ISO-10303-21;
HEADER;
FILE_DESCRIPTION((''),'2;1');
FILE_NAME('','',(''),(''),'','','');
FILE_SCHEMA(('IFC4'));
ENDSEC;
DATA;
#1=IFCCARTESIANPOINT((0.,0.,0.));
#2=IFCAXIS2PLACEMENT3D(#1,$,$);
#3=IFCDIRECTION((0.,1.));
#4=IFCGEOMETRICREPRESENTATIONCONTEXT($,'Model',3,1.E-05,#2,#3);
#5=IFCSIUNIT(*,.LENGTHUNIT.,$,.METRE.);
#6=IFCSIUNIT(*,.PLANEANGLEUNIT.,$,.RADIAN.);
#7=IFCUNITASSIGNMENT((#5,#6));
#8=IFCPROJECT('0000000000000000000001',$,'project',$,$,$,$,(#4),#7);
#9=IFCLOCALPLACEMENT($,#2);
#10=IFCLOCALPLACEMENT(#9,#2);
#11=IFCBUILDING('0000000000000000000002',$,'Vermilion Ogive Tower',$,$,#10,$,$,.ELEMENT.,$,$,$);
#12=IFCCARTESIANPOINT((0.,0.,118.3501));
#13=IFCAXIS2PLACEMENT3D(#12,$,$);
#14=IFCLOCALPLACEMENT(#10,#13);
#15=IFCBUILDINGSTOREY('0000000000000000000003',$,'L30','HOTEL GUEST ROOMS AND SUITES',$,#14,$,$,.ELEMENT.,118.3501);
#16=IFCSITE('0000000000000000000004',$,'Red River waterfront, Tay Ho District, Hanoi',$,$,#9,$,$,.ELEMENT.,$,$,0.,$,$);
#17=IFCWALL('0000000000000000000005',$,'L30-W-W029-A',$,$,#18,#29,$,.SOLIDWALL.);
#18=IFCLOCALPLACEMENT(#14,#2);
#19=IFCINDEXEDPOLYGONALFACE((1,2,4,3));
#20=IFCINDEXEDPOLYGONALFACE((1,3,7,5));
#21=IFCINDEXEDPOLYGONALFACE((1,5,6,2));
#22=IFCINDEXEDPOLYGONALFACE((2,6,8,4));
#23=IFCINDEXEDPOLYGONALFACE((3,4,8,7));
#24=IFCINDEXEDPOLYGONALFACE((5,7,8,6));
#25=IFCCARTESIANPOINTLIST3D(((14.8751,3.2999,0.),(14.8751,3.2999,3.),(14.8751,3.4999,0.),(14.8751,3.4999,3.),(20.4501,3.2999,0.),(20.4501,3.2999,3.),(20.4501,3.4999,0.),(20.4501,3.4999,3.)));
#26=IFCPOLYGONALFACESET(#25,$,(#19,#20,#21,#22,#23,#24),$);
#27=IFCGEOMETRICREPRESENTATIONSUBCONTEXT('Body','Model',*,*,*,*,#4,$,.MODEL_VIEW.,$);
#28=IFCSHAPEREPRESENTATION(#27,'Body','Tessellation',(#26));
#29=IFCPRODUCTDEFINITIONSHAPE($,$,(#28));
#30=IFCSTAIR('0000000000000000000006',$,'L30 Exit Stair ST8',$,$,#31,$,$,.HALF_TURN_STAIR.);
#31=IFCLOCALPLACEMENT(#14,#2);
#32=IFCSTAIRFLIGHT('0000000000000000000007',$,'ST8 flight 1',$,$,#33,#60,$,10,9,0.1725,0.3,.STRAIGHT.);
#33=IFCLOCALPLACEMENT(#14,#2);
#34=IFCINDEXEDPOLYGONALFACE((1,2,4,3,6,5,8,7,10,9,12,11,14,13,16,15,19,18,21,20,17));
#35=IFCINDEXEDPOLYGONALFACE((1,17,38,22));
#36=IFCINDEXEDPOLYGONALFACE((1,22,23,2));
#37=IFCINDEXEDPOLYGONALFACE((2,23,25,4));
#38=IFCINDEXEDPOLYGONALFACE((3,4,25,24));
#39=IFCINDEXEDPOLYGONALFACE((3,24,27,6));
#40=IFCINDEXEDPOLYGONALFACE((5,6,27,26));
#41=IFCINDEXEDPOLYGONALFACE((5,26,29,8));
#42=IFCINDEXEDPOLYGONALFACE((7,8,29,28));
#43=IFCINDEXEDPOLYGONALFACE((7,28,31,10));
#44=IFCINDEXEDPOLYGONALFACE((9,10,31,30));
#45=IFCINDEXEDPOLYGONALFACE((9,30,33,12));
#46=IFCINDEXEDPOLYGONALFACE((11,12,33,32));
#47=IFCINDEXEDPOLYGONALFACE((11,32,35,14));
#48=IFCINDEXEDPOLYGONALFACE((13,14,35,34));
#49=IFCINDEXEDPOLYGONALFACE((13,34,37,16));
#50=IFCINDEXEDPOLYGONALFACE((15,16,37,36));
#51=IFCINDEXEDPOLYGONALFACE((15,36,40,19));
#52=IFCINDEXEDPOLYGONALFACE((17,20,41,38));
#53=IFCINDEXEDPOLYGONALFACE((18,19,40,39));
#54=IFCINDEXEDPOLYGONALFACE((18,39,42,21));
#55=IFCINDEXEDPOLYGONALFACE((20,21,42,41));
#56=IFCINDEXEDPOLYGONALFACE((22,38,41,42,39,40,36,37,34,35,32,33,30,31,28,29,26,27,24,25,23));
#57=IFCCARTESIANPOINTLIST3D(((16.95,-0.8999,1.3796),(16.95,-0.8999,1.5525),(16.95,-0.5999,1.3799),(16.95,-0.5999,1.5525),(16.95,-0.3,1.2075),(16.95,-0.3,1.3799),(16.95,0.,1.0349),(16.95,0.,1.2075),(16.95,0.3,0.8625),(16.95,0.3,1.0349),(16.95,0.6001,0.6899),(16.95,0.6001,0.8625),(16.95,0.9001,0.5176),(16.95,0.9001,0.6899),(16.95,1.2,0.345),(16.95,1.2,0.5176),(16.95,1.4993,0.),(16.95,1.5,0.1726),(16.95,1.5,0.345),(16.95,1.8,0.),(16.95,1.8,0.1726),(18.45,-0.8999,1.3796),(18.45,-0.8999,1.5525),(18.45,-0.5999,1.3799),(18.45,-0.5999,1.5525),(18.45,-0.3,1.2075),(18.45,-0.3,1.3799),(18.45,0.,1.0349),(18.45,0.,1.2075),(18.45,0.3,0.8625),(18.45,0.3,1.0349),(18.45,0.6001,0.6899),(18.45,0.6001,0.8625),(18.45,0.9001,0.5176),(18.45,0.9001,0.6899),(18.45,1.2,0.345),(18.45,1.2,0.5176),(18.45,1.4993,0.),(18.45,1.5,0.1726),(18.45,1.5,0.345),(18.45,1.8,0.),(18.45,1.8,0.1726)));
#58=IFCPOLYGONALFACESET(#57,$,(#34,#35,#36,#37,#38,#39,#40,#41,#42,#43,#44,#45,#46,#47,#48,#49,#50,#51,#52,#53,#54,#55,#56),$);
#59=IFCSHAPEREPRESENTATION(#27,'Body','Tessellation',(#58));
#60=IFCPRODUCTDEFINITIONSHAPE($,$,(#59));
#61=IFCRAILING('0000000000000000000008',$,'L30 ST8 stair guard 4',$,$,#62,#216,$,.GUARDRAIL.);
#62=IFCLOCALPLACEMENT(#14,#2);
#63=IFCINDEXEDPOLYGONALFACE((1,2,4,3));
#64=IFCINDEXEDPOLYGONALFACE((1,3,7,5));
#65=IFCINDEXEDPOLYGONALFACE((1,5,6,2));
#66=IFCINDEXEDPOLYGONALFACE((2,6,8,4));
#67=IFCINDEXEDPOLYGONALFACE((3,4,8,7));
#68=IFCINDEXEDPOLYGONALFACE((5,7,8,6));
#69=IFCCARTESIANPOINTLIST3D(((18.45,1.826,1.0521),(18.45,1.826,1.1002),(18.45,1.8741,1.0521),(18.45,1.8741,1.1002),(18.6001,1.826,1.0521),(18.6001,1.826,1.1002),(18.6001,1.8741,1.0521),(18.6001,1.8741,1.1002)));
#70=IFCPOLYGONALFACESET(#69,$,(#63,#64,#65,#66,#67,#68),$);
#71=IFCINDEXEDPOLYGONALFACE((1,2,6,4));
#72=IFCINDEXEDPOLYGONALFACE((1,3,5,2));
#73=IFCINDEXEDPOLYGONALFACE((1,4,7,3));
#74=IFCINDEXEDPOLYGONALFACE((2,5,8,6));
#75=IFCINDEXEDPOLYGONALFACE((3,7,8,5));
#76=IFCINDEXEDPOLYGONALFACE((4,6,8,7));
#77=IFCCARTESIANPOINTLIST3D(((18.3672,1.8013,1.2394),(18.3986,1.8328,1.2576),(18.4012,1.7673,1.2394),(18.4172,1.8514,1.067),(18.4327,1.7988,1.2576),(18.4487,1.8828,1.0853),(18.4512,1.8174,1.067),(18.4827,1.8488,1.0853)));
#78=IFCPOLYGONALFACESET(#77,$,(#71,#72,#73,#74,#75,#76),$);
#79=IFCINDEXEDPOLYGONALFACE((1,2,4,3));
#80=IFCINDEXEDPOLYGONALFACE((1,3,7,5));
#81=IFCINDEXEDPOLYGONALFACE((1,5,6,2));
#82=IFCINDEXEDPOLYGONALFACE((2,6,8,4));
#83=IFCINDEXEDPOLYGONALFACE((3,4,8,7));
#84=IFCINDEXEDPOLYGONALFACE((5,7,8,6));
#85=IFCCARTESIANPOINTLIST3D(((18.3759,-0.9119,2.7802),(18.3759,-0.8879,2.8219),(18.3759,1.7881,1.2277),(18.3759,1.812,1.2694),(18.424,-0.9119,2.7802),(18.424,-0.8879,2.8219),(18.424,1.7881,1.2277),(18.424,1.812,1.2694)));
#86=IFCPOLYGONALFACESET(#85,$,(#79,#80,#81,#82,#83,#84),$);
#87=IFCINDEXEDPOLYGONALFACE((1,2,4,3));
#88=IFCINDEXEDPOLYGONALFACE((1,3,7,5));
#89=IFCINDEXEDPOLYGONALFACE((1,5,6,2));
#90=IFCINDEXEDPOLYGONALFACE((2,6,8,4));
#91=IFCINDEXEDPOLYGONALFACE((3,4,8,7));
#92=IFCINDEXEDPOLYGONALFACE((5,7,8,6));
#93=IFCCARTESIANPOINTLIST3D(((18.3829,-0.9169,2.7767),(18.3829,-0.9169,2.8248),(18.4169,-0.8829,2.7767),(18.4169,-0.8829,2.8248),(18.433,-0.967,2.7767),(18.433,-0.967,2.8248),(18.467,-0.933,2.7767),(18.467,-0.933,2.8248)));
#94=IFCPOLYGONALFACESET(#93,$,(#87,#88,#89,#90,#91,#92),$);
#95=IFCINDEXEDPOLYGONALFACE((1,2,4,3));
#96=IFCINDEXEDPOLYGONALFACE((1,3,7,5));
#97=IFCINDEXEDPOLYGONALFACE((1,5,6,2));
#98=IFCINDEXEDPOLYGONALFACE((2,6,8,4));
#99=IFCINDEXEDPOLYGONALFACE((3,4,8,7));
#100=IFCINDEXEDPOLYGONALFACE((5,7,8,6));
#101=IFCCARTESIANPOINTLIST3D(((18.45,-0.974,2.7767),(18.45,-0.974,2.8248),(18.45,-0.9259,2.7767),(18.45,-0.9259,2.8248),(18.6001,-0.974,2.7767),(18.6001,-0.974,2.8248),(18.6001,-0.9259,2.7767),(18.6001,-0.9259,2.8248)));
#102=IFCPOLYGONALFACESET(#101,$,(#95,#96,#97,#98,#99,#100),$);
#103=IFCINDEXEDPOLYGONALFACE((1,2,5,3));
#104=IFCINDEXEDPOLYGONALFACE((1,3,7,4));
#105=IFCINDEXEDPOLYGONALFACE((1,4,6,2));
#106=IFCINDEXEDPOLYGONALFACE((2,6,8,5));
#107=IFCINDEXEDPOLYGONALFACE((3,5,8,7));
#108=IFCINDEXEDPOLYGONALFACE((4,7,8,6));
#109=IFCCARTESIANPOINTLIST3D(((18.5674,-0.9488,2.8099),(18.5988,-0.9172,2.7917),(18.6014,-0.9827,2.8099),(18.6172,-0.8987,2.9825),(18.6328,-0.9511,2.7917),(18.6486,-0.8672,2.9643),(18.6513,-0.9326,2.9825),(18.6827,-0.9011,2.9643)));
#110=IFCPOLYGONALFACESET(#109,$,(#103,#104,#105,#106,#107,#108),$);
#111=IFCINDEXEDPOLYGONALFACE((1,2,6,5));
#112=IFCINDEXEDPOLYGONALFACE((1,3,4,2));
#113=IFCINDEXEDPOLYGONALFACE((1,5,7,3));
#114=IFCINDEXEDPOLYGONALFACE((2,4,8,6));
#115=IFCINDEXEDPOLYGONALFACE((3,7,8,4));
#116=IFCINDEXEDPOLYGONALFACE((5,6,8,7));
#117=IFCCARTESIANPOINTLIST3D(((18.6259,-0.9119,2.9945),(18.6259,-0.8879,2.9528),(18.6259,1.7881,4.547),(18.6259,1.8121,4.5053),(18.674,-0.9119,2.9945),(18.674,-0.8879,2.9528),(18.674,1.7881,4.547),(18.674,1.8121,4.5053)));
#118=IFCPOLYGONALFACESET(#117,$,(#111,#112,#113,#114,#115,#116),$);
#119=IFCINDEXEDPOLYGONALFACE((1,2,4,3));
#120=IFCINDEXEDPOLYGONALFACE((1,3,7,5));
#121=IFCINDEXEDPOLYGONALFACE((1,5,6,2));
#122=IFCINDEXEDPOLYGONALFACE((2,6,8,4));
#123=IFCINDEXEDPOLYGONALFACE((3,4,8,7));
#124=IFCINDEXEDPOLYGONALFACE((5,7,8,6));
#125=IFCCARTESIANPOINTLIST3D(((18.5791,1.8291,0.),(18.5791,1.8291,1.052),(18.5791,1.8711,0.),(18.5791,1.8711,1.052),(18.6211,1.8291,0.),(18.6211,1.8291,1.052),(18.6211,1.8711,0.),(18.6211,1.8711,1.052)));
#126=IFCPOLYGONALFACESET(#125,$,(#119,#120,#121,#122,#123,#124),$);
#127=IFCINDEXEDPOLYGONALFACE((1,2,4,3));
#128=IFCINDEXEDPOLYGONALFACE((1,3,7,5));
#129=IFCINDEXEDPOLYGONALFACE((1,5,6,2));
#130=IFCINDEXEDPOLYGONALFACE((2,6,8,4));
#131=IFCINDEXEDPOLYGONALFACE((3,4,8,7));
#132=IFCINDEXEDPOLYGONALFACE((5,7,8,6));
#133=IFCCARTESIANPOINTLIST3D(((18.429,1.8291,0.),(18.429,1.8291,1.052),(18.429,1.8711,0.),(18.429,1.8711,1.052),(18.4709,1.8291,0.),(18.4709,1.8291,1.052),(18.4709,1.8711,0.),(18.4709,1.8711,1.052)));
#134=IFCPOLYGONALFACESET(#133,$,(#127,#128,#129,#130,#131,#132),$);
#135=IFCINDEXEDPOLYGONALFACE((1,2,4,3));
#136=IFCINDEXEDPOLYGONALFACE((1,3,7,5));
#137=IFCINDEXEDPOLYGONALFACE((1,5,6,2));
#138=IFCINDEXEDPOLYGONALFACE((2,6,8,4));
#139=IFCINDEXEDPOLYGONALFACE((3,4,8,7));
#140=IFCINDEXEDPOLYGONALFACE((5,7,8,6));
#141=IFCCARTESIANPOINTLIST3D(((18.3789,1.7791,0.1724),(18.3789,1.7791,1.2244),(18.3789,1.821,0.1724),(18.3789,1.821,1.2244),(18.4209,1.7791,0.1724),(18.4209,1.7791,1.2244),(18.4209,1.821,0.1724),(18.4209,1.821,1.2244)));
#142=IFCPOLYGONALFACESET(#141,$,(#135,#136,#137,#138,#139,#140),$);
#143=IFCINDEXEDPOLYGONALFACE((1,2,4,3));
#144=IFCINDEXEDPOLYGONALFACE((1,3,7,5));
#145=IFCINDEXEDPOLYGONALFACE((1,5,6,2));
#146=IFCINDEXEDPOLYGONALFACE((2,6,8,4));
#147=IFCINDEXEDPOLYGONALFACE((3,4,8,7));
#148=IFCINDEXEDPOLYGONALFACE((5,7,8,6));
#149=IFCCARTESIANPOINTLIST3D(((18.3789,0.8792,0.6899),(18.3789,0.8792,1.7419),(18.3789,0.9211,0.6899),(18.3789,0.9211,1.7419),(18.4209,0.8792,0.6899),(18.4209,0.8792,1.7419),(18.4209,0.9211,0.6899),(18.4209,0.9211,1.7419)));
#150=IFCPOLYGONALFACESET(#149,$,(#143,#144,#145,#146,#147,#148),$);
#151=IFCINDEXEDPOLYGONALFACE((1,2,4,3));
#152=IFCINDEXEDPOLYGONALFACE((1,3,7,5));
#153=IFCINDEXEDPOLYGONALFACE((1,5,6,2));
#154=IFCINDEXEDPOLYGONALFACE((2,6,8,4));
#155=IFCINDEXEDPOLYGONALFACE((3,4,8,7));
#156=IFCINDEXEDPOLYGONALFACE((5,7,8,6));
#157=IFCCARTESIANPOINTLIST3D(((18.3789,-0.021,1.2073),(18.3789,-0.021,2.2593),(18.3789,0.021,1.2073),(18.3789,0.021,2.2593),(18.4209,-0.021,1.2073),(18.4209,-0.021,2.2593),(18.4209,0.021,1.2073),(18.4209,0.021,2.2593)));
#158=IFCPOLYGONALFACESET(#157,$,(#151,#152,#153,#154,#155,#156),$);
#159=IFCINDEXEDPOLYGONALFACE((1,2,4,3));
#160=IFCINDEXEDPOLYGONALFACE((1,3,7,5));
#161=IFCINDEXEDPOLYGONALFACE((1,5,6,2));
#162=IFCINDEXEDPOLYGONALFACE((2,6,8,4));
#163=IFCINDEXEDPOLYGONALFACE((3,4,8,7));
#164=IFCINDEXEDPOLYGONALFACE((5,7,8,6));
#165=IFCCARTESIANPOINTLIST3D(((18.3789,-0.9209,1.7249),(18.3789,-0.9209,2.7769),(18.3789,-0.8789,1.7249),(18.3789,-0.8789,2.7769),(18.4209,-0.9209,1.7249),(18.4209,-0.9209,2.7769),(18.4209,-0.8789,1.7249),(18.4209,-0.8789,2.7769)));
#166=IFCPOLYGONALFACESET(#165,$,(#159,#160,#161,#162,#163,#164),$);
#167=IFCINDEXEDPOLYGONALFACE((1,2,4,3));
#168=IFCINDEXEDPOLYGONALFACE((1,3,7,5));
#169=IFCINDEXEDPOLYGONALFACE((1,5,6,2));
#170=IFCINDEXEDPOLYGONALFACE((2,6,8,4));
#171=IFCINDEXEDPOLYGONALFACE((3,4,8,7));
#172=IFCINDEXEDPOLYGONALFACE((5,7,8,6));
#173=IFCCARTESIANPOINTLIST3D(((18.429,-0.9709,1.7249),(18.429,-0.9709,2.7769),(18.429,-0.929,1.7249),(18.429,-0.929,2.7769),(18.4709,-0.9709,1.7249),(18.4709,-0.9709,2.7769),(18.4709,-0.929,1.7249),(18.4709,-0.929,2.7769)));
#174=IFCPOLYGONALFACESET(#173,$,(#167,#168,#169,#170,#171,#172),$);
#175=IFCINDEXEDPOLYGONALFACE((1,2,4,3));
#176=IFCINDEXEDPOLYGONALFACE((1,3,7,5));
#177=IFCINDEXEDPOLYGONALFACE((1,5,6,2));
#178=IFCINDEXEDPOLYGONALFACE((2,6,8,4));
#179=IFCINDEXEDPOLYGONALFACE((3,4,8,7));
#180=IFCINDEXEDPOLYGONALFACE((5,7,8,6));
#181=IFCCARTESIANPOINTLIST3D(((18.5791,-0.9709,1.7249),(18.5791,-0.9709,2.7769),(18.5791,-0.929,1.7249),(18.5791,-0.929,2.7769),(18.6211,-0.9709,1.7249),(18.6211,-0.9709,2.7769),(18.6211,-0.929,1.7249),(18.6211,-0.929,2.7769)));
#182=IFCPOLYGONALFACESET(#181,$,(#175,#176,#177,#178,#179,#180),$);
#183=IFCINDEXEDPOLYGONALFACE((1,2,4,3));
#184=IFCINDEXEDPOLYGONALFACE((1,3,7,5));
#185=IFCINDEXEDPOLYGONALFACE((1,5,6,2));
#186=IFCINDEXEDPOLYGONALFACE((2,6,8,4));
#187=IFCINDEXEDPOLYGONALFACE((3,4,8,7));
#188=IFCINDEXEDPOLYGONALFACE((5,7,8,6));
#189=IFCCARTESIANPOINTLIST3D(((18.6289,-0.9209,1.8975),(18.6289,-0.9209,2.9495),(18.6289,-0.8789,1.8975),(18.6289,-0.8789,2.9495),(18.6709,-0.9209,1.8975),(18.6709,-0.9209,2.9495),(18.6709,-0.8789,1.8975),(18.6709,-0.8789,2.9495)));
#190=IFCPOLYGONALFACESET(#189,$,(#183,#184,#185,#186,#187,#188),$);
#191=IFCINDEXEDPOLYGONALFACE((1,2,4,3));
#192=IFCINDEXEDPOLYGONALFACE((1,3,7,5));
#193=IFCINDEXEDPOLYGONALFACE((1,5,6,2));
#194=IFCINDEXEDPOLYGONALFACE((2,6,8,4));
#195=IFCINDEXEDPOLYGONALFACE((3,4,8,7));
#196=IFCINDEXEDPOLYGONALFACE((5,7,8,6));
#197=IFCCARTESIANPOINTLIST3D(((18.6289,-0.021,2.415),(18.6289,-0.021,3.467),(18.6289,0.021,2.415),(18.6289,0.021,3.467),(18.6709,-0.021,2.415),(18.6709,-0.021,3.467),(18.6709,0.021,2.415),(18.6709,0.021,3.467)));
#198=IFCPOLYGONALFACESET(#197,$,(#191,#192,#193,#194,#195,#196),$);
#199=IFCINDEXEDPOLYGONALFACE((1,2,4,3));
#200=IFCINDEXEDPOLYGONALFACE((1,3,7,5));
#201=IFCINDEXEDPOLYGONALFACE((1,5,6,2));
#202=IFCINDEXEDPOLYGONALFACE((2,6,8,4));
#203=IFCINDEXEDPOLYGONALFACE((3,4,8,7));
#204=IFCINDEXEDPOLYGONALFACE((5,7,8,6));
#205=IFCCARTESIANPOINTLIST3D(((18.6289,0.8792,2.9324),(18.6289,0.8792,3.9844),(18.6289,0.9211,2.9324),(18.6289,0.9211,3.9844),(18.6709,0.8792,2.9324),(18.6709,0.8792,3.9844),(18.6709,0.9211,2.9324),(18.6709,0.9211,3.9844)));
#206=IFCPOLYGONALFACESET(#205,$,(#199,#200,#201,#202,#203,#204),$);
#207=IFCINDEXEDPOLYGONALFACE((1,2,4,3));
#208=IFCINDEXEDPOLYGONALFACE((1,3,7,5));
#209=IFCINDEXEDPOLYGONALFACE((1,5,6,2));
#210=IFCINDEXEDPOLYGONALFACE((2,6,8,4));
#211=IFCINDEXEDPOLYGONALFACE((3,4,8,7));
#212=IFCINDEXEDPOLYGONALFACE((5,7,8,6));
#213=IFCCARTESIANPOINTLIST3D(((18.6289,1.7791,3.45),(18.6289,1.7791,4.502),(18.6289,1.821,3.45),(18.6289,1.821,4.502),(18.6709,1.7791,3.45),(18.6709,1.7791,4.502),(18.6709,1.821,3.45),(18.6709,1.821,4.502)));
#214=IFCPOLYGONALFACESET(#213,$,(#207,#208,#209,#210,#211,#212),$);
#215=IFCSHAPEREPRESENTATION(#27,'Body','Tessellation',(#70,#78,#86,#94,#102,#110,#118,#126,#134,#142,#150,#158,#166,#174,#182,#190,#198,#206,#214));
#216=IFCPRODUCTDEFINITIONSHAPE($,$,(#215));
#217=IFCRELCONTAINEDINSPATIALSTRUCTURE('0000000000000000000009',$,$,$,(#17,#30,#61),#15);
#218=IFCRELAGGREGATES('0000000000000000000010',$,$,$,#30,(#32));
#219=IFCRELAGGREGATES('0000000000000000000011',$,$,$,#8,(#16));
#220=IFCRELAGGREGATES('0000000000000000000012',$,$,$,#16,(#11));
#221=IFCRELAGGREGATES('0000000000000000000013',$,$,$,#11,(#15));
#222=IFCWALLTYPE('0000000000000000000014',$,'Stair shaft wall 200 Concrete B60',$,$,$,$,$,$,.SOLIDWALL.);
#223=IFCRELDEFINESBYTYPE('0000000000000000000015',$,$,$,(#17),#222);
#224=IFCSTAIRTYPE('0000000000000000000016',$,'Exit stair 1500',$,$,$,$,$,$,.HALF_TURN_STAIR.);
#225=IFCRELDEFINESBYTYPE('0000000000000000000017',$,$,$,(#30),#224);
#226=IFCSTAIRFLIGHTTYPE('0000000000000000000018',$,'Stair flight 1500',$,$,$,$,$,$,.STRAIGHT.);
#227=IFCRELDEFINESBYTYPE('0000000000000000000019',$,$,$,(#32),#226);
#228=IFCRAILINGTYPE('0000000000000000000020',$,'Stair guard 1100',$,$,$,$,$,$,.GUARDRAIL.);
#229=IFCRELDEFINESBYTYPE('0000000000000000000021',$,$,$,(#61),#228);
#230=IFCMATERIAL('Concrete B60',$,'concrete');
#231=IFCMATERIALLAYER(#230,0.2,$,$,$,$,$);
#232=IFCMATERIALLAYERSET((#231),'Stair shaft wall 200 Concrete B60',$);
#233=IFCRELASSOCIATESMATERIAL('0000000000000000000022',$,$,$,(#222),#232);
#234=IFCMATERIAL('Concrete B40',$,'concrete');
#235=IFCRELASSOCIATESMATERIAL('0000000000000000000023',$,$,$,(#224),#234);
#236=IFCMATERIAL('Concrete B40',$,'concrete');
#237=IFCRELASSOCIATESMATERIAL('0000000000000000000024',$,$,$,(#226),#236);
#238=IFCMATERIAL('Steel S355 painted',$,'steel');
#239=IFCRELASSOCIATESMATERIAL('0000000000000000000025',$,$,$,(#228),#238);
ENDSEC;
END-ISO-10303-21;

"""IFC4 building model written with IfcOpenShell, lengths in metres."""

from ifc_helpers import new_model, si_unit, direction, frame, frame_2d, origin, origin_2d, place, context, subcontext, project, spatial, polyline, rectangle, outline, extrude, material, layer, layer_set, type_object, element, aggregate, save


model = new_model("IFC4")

# Units and contexts
model_context = context("Model", 3, precision=1e-05, world=origin(), true_north=direction((0.0, 1.0)))
body_context = subcontext(model_context, "Body", "Model", "MODEL_VIEW")
ifc_project = project(units=[si_unit("LENGTHUNIT", "METRE"), si_unit("PLANEANGLEUNIT", "RADIAN")], contexts=[model_context])

# Site, building, storey
site_placement = place(None, origin())
site = spatial("IfcSite", under=ifc_project, at=site_placement, Name="Red River waterfront, Tay Ho District, Hanoi", CompositionType="ELEMENT", RefElevation=0.0)
building_placement = place(site_placement, origin())
building = spatial("IfcBuilding", under=site, at=building_placement, Name="Vermilion Ogive Tower", CompositionType="ELEMENT")
storey_placement = place(building_placement, frame((0.0, 0.0, 118.3501)))
storey = spatial("IfcBuildingStorey", under=building, at=storey_placement, Name="L30", Description="HOTEL GUEST ROOMS AND SUITES", CompositionType="ELEMENT", Elevation=118.3501)

# Wall
ifc_material_1 = material(Name="Concrete B60", Category="concrete")
ifc_layer_1 = layer(ifc_material_1, 0.2)
ifc_layer_set_1 = layer_set([ifc_layer_1], Name="Stair shaft wall 200 Concrete B60")
wall_type_1 = type_object("IfcWallType", Name="Stair shaft wall 200 Concrete B60", PredefinedType="SOLIDWALL", material=ifc_layer_set_1)
wall_1_placement = place(storey_placement, frame((14.875, 3.3999, 0.0), z_axis=(0.0, 0.0, 1.0), x_axis=(1.0, 0.0, 0.0)))
element("IfcWall", 1, at=wall_1_placement, inside=storey, type_object=wall_type_1, Name="L30-W-W029-A", PredefinedType="SOLIDWALL", context=body_context, shape_type="SweptSolid", body=[
    extrude(rectangle(XDim=5.575, YDim=0.2, at=frame_2d((2.7876, 0.0))), origin(), (0.0, 0.0, 1.0), 3.0),
])

# Stair, stair flight
ifc_material_2 = material(Name="Concrete B40", Category="concrete")
stair_type = type_object("IfcStairType", Name="Exit stair 1500", PredefinedType="HALF_TURN_STAIR", material=ifc_material_2)
stair_placement = place(storey_placement, origin())
stair = element("IfcStair", 2, at=stair_placement, inside=storey, type_object=stair_type, Name="L30 Exit Stair ST8", PredefinedType="HALF_TURN_STAIR")
ifc_material_3 = material(Name="Concrete B40", Category="concrete")
stair_flight_type = type_object("IfcStairFlightType", Name="Stair flight 1500", PredefinedType="STRAIGHT", material=ifc_material_3)
stair_flight_placement = place(storey_placement, frame((17.7, 1.8, 0.0), z_axis=(0.0, 0.0, 1.0), x_axis=(0.0, -1.0, 0.0)))
stair_flight = element("IfcStairFlight", 3, at=stair_flight_placement, type_object=stair_flight_type, Name="ST8 flight 1", NumberOfRisers=10, NumberOfTreads=9, PredefinedType="STRAIGHT", RiserHeight=0.1725, TreadLength=0.3, context=body_context, shape_type="SweptSolid", body=[
    extrude(outline(polyline([(0.0, 0.0), (0.0, 0.1726), (0.3, 0.1726), (0.3, 0.345), (0.6001, 0.345), (0.6001, 0.5176), (0.8999, 0.5176), (0.8999, 0.6899), (1.2, 0.6899), (1.2, 0.8625), (1.5, 0.8625), (1.5, 1.0349), (1.8, 1.0349), (1.8, 1.2075), (2.1001, 1.2075), (2.1001, 1.3799), (2.3999, 1.3799), (2.3999, 1.5525), (2.7, 1.5525), (2.7, 1.7251), (2.7, 1.3796), (0.3008, 0.0), (0.0, 0.0)])), frame((0.0, 0.75, 0.0), z_axis=(0.0, -1.0, 0.0), x_axis=(1.0, 0.0, 0.0)), (0.0, 0.0, 1.0), 1.5),
])
aggregate(stair, [stair_flight])

# Railing
ifc_material_4 = material(Name="Steel S355 painted", Category="steel")
railing_type_1 = type_object("IfcRailingType", Name="Stair guard 1100", PredefinedType="GUARDRAIL", material=ifc_material_4)
railing_1_placement = place(storey_placement, frame((18.6001, 1.8501, 0.0)))
element("IfcRailing", 4, at=railing_1_placement, inside=storey, type_object=railing_type_1, Name="L30 ST8 stair guard 4", PredefinedType="GUARDRAIL", context=body_context, shape_type="SweptSolid", body=[
    extrude(rectangle(XDim=0.0481, YDim=0.0481, at=origin_2d()), frame((0.0, 0.0, 1.0762), z_axis=(-1.0, 0.0, 0.0), x_axis=(0.0, -1.0, 0.0)), (0.0, 0.0, 1.0), 0.1501),
    extrude(rectangle(XDim=0.0481, YDim=0.0481, at=origin_2d()), frame((-0.1501, 0.0, 1.0762), z_axis=(-0.268603, -0.268603, 0.925043), x_axis=(0.707107, -0.707107, 0.0)), (0.0, 0.0, 1.0), 0.1863),
    extrude(rectangle(XDim=0.0481, YDim=0.0481, at=origin_2d()), frame((-0.2002, -0.05, 1.2485), z_axis=(0.0, -0.866904, 0.498476), x_axis=(1.0, 0.0, 0.0)), (0.0, 0.0, 1.0), 3.1145),
    extrude(rectangle(XDim=0.0481, YDim=0.0481, at=origin_2d()), frame((-0.2002, -2.75, 2.8008), z_axis=(0.707107, -0.707107, 0.0), x_axis=(0.707107, 0.707107, 0.0)), (0.0, 0.0, 1.0), 0.0708),
    extrude(rectangle(XDim=0.0481, YDim=0.0481, at=origin_2d()), frame((-0.1501, -2.8, 2.8008), z_axis=(1.0, 0.0, 0.0), x_axis=(0.0, 1.0, 0.0)), (0.0, 0.0, 1.0), 0.1501),
    extrude(rectangle(XDim=0.0481, YDim=0.0481, at=origin_2d()), frame((0.0, -2.8, 2.8008), z_axis=(0.267063, 0.268372, 0.925556), x_axis=(-0.708834, 0.705376, 0.0)), (0.0, 0.0, 1.0), 0.1865),
    extrude(rectangle(XDim=0.0481, YDim=0.0481, at=origin_2d()), frame((0.0498, -2.75, 2.9736), z_axis=(0.0, 0.866904, 0.498476), x_axis=(-1.0, 0.0, 0.0)), (0.0, 0.0, 1.0), 3.1145),
    extrude(rectangle(XDim=0.042, YDim=0.042, at=origin_2d()), origin(), (0.0, 0.0, 1.0), 1.052),
    extrude(rectangle(XDim=0.042, YDim=0.042, at=origin_2d()), frame((-0.1501, 0.0, 0.0)), (0.0, 0.0, 1.0), 1.052),
    extrude(rectangle(XDim=0.042, YDim=0.042, at=origin_2d()), frame((-0.2002, -0.05, 0.1724)), (0.0, 0.0, 1.0), 1.052),
    extrude(rectangle(XDim=0.042, YDim=0.042, at=origin_2d()), frame((-0.2002, -0.95, 0.6899)), (0.0, 0.0, 1.0), 1.052),
    extrude(rectangle(XDim=0.042, YDim=0.042, at=origin_2d()), frame((-0.2002, -1.8501, 1.2073)), (0.0, 0.0, 1.0), 1.052),
    extrude(rectangle(XDim=0.042, YDim=0.042, at=origin_2d()), frame((-0.2002, -2.75, 1.7249)), (0.0, 0.0, 1.0), 1.052),
    extrude(rectangle(XDim=0.042, YDim=0.042, at=origin_2d()), frame((-0.1501, -2.8, 1.7249)), (0.0, 0.0, 1.0), 1.052),
    extrude(rectangle(XDim=0.042, YDim=0.042, at=origin_2d()), frame((0.0, -2.8, 1.7249)), (0.0, 0.0, 1.0), 1.052),
    extrude(rectangle(XDim=0.042, YDim=0.042, at=origin_2d()), frame((0.0498, -2.75, 1.8975)), (0.0, 0.0, 1.0), 1.052),
    extrude(rectangle(XDim=0.042, YDim=0.042, at=origin_2d()), frame((0.0498, -1.8501, 2.415)), (0.0, 0.0, 1.0), 1.052),
    extrude(rectangle(XDim=0.042, YDim=0.042, at=origin_2d()), frame((0.0498, -0.95, 2.9324)), (0.0, 0.0, 1.0), 1.052),
    extrude(rectangle(XDim=0.042, YDim=0.042, at=origin_2d()), frame((0.0498, -0.05, 3.45)), (0.0, 0.0, 1.0), 1.052),
])

save(model, "model.ifc")
